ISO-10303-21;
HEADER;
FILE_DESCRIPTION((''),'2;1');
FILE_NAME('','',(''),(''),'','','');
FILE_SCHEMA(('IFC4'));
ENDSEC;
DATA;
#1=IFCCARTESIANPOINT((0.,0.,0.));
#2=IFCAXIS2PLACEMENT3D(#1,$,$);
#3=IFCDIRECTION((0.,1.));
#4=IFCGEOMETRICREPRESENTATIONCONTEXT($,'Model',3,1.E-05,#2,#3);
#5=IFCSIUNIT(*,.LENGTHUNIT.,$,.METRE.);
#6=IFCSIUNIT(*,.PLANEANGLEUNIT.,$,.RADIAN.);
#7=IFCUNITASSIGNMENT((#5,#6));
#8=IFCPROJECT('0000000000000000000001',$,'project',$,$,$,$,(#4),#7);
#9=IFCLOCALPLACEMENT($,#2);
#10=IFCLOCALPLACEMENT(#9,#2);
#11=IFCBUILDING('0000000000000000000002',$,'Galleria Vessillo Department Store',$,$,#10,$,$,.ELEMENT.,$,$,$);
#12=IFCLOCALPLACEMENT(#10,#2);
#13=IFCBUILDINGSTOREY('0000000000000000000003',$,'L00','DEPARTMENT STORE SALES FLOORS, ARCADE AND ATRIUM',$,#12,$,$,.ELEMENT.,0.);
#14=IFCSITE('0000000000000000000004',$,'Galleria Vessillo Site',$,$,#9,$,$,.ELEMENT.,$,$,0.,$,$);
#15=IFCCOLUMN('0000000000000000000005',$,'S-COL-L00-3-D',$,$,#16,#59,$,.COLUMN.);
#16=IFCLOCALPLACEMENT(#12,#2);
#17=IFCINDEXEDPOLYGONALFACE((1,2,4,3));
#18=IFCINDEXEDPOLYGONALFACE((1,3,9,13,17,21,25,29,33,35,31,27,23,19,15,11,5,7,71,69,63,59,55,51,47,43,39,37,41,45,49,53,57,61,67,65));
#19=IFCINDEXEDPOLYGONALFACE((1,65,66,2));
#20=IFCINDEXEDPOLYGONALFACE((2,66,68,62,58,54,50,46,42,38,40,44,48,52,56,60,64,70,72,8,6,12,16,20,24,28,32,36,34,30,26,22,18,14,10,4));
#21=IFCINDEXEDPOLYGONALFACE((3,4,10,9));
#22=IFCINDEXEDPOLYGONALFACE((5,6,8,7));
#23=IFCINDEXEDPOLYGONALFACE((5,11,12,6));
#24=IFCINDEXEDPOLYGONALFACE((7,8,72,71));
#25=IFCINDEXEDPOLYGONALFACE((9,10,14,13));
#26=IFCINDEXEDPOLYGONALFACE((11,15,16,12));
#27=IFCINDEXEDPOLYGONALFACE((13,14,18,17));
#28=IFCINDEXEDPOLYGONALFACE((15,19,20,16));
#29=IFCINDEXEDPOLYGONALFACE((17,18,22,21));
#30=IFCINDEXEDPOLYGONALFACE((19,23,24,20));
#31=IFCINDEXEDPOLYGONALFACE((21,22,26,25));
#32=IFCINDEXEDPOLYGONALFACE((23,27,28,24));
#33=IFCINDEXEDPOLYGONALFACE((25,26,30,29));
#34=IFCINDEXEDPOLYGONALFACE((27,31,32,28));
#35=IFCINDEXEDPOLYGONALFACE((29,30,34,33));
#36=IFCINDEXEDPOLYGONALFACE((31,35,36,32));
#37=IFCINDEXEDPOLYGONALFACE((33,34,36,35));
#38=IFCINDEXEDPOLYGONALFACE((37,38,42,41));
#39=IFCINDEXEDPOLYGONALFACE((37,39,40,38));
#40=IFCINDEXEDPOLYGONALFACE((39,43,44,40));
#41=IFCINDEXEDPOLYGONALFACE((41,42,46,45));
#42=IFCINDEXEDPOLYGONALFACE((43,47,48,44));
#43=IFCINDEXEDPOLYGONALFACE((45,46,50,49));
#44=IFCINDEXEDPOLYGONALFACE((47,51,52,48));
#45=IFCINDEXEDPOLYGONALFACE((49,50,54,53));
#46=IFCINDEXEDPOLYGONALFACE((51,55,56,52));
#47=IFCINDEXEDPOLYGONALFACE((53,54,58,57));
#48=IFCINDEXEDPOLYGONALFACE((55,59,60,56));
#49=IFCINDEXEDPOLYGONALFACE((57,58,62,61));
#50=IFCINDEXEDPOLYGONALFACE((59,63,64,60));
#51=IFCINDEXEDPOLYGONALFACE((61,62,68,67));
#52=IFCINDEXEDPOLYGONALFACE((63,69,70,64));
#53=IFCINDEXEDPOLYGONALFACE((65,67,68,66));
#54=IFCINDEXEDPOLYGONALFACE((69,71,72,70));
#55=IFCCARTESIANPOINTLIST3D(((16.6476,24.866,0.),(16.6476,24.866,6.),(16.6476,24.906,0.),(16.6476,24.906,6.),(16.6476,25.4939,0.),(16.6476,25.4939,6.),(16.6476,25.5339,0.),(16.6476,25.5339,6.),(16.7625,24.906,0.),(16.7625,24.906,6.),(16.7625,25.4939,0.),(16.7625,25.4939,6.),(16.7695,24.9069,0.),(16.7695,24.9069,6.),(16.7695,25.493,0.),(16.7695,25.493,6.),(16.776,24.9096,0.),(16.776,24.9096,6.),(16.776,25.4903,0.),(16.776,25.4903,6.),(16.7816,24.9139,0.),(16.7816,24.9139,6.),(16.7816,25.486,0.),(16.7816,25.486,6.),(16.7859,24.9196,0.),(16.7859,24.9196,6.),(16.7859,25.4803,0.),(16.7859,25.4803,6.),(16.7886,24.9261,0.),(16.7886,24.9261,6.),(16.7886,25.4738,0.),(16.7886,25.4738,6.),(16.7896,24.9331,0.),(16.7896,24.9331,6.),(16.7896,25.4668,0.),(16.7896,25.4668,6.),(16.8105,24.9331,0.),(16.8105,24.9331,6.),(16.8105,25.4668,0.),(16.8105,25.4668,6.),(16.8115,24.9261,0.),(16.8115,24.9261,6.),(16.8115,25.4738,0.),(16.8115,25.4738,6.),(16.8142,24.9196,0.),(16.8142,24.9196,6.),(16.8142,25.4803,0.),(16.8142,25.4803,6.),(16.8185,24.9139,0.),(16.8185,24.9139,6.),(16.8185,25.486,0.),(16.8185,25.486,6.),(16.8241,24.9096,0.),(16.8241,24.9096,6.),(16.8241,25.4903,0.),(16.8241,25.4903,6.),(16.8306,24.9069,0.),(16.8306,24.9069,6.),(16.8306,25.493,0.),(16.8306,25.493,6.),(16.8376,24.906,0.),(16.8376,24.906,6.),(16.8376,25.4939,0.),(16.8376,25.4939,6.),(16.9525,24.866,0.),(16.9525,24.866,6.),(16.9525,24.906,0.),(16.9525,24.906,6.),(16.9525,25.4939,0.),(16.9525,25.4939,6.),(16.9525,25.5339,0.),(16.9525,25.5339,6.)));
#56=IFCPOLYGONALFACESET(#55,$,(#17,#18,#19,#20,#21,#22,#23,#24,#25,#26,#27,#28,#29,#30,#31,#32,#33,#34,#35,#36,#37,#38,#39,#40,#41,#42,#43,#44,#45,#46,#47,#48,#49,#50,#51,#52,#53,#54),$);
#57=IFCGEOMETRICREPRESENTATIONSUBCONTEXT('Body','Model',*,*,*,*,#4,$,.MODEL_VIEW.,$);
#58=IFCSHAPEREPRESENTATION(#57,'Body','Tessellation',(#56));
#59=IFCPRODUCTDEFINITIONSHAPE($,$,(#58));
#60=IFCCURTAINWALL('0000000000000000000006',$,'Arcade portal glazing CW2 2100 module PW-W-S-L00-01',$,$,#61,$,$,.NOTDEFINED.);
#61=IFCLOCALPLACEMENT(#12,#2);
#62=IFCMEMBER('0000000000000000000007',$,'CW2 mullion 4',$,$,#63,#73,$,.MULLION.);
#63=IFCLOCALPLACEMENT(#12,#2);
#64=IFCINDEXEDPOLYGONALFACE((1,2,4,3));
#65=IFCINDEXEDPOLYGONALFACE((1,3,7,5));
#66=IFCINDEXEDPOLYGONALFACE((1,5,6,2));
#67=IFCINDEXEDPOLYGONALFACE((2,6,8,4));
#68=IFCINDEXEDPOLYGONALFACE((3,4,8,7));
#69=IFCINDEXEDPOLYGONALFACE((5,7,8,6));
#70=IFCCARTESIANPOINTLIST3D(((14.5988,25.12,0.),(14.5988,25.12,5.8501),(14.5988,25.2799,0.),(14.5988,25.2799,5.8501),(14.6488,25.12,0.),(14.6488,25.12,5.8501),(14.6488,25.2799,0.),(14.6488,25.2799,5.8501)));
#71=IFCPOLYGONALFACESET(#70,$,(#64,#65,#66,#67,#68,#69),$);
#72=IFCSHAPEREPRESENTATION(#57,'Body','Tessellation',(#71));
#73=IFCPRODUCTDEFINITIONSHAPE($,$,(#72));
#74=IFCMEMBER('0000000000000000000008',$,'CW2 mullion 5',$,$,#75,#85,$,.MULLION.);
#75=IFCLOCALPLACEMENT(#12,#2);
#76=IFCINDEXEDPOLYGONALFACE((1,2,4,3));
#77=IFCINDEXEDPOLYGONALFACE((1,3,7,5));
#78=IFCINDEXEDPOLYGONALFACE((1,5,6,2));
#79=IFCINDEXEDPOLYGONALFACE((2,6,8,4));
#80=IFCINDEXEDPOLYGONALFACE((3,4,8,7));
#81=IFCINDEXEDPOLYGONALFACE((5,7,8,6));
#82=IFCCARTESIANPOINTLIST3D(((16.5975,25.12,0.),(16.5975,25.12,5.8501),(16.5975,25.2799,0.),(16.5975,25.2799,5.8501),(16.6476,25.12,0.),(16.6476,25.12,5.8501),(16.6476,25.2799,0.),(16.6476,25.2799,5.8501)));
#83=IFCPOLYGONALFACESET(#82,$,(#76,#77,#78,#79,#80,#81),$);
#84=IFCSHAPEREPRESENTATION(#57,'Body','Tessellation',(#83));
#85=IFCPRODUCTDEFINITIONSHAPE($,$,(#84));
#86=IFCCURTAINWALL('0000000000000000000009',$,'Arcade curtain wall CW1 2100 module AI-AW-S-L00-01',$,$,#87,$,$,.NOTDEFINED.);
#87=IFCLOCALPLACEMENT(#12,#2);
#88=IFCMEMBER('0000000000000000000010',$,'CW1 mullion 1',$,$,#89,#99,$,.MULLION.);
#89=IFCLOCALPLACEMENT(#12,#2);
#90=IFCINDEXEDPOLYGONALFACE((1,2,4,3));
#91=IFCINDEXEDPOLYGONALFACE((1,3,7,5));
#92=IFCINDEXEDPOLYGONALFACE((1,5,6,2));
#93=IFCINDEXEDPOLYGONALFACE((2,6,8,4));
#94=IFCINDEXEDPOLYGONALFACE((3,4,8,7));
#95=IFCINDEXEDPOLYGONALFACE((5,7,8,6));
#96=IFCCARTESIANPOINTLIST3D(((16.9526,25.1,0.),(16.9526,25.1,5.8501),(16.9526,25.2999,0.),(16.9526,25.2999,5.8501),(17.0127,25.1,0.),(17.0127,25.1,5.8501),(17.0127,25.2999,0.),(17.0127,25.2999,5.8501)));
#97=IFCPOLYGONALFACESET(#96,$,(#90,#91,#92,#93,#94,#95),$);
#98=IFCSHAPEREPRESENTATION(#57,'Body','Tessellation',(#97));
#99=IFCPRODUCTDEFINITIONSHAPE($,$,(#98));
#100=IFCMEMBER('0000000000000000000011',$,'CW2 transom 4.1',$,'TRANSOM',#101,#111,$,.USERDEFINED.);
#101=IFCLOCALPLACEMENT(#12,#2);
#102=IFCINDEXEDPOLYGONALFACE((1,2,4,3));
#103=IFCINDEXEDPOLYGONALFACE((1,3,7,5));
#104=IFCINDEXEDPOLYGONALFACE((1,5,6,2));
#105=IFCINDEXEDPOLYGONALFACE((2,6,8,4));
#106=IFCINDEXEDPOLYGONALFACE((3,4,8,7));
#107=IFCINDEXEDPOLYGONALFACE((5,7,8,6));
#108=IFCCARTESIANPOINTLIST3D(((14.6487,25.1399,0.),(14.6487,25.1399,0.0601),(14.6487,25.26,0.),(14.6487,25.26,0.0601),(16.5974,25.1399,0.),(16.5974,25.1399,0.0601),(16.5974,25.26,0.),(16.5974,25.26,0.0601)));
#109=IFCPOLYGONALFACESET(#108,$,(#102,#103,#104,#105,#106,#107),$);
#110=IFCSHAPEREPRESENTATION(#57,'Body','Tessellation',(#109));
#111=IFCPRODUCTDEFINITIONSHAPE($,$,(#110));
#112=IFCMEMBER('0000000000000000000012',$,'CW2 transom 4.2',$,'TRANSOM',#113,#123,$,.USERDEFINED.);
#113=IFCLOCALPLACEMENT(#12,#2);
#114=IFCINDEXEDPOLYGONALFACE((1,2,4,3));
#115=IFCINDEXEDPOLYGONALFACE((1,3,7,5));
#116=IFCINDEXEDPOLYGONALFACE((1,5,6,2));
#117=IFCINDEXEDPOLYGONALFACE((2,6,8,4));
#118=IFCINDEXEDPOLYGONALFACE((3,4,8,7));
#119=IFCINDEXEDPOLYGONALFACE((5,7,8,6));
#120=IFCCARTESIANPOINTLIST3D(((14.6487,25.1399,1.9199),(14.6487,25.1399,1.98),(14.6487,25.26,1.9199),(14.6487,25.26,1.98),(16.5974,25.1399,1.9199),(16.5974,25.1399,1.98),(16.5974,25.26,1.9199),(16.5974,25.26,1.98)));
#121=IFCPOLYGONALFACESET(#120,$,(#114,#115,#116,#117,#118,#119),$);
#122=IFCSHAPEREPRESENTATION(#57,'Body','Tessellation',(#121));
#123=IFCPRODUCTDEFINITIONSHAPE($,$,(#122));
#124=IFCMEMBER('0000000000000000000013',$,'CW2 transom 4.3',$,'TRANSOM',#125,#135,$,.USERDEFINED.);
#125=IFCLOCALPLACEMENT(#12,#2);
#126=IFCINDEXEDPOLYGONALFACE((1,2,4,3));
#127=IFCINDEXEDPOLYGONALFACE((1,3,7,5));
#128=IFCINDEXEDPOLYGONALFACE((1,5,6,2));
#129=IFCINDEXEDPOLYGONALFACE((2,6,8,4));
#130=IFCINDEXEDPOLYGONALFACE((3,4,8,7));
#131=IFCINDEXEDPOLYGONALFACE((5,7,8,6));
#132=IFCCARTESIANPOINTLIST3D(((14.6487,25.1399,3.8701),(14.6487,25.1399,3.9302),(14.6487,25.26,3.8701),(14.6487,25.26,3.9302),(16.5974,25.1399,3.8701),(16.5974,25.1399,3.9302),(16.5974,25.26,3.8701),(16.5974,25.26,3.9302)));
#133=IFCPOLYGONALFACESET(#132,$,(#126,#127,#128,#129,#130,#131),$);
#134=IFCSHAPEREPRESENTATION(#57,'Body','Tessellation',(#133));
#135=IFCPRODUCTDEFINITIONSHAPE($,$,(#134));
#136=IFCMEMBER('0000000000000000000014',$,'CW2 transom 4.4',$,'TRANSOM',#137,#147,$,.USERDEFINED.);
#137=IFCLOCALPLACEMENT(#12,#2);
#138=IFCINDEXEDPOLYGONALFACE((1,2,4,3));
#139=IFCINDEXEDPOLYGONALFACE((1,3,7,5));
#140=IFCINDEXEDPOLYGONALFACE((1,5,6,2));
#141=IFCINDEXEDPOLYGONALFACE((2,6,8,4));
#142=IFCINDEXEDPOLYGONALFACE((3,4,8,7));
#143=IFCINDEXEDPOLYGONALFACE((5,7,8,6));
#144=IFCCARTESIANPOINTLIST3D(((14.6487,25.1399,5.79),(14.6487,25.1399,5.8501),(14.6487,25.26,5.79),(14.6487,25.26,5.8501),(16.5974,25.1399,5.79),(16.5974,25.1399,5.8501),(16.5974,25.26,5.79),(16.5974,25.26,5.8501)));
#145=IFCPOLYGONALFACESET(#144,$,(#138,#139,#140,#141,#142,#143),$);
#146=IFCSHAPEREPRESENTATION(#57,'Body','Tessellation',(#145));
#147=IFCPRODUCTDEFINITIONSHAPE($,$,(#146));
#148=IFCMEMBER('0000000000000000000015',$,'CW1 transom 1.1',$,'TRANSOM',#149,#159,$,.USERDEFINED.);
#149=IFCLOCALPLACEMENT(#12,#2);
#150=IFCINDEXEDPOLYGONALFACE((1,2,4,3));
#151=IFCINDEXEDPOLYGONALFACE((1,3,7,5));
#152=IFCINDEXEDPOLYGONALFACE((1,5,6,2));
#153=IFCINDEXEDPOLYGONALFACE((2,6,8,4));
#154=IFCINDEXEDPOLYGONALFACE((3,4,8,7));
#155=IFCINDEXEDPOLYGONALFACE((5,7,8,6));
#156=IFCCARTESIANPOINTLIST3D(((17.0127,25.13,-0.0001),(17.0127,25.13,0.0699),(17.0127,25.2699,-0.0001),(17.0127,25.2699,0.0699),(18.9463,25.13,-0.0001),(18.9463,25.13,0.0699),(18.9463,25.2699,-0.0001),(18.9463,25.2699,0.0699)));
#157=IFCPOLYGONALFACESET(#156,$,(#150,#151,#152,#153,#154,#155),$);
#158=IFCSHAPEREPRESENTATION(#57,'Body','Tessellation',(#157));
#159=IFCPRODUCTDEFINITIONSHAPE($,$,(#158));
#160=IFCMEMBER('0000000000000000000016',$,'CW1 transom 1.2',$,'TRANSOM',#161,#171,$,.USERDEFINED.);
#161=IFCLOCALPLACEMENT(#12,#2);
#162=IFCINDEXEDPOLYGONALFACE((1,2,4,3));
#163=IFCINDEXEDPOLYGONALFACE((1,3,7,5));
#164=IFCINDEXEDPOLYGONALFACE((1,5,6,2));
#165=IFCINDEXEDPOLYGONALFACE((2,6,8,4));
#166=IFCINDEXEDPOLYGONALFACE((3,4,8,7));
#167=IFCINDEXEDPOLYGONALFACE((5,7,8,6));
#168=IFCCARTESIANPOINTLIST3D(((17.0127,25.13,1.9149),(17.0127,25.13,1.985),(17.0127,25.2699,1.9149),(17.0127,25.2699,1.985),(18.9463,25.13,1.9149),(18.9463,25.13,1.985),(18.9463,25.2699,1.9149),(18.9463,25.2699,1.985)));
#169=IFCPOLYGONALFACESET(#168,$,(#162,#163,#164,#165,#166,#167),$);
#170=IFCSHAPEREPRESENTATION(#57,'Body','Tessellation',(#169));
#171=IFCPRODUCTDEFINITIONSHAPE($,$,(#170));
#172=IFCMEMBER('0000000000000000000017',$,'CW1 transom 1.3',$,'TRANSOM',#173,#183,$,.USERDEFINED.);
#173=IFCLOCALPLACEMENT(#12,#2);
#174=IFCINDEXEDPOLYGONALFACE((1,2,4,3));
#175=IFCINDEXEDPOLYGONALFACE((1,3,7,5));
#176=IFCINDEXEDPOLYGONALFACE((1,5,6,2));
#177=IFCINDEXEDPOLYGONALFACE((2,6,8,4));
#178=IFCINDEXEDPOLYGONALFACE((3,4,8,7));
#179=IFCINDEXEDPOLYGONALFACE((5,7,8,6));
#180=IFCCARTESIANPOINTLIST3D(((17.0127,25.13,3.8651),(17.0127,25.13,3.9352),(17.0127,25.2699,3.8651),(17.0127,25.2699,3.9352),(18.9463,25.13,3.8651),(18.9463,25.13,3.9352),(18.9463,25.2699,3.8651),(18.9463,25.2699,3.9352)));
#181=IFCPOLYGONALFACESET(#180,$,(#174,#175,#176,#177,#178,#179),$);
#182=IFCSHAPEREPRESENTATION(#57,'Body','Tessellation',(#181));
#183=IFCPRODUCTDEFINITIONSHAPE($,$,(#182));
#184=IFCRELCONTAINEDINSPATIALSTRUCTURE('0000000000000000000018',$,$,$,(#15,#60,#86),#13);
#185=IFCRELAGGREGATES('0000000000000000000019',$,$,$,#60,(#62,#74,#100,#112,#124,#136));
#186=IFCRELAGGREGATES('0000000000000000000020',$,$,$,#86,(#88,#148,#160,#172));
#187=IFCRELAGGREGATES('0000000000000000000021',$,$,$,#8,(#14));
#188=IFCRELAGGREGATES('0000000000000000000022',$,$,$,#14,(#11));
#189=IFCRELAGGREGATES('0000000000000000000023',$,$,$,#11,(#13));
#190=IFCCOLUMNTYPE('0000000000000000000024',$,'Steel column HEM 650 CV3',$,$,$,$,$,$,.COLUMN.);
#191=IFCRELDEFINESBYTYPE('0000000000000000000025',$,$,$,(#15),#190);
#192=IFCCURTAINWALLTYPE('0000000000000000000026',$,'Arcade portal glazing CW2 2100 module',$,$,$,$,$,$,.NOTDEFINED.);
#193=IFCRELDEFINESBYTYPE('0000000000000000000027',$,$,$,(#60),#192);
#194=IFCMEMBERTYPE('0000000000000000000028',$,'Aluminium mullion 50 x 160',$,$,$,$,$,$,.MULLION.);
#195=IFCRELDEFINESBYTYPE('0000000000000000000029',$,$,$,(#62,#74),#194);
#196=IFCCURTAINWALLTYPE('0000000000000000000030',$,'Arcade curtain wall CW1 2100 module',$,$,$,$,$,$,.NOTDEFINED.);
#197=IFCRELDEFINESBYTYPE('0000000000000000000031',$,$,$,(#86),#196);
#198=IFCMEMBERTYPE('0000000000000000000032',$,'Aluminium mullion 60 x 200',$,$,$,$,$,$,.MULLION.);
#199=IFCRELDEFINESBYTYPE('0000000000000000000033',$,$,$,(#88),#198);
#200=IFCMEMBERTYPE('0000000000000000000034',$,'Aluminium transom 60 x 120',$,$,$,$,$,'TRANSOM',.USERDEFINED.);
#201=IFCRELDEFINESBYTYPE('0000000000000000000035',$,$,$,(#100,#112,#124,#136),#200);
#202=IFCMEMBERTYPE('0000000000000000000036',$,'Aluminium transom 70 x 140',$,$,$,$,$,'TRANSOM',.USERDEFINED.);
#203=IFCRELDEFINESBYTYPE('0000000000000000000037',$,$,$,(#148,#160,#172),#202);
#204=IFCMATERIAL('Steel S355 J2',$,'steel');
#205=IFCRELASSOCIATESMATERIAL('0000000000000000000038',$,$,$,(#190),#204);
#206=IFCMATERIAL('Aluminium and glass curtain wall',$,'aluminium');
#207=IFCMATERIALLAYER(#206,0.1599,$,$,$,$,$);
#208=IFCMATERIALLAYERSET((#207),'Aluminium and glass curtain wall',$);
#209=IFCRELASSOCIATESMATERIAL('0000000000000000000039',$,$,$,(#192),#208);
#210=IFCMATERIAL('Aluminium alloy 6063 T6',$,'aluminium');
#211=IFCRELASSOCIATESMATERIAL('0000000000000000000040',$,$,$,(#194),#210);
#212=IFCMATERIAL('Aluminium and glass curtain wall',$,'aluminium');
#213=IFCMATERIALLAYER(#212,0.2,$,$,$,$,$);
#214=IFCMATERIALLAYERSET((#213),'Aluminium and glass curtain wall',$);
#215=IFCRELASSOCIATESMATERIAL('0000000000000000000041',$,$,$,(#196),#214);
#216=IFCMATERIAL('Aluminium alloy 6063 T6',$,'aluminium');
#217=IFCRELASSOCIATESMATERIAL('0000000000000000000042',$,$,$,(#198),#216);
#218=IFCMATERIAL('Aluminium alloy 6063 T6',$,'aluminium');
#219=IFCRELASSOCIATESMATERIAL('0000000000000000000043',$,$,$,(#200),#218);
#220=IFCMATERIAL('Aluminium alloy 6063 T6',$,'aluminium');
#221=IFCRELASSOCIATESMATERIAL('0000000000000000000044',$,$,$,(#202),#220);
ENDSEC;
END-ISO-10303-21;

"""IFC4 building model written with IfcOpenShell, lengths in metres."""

from ifc_helpers import new_model, si_unit, direction, frame, origin, origin_2d, place, context, subcontext, project, spatial, rectangle, i_section, extrude, material, layer, layer_set, material_profile, profile_set, type_object, element, aggregate, save


model = new_model("IFC4")

# Units and contexts
model_context = context("Model", 3, precision=1e-05, world=origin(), true_north=direction((0.0, 1.0)))
body_context = subcontext(model_context, "Body", "Model", "MODEL_VIEW")
ifc_project = project(units=[si_unit("LENGTHUNIT", "METRE"), si_unit("PLANEANGLEUNIT", "RADIAN")], contexts=[model_context])

# Site, building, storey
site_placement = place(None, origin())
site = spatial("IfcSite", under=ifc_project, at=site_placement, Name="Galleria Vessillo Site", CompositionType="ELEMENT", RefElevation=0.0)
building_placement = place(site_placement, origin())
building = spatial("IfcBuilding", under=site, at=building_placement, Name="Galleria Vessillo Department Store", CompositionType="ELEMENT")
storey_placement = place(building_placement, origin())
storey = spatial("IfcBuildingStorey", under=building, at=storey_placement, Name="L00", Description="DEPARTMENT STORE SALES FLOORS, ARCADE AND ATRIUM", CompositionType="ELEMENT", Elevation=0.0)

# Column
ifc_material_1 = material(Name="Steel S355 J2", Category="steel")
ifc_material_profile_1 = material_profile(ifc_material_1, i_section(OverallWidth=0.3049, OverallDepth=0.668, WebThickness=0.021, FlangeThickness=0.04, FilletRadius=0.0271, at=origin_2d()), Name="HEM 650")
ifc_profile_set_1 = profile_set([ifc_material_profile_1], Name="Steel S355 J2")
column_type = type_object("IfcColumnType", Name="Steel column HEM 650 CV3", PredefinedType="COLUMN", material=ifc_profile_set_1)
column_placement = place(storey_placement, frame((16.8, 25.2, 0.0), z_axis=(0.0, 0.0, 1.0), x_axis=(1.0, 0.0, 0.0)))
element("IfcColumn", 1, at=column_placement, inside=storey, type_object=column_type, Name="S-COL-L00-3-D", PredefinedType="COLUMN", context=body_context, shape_type="SweptSolid", body=[
    extrude(i_section(OverallWidth=0.3049, OverallDepth=0.668, WebThickness=0.021, FlangeThickness=0.04, FilletRadius=0.0271, at=origin_2d()), origin(), (0.0, 0.0, 1.0), 6.0),
])

# Curtain wall, members
ifc_material_2 = material(Name="Aluminium and glass curtain wall", Category="aluminium")
ifc_layer_1 = layer(ifc_material_2, 0.1599)
ifc_layer_set_1 = layer_set([ifc_layer_1], Name="Aluminium and glass curtain wall")
curtain_wall_type_1 = type_object("IfcCurtainWallType", Name="Arcade portal glazing CW2 2100 module", PredefinedType="NOTDEFINED", material=ifc_layer_set_1)
curtain_wall_1_placement = place(storey_placement, origin())
curtain_wall_1 = element("IfcCurtainWall", 2, at=curtain_wall_1_placement, inside=storey, type_object=curtain_wall_type_1, Name="Arcade portal glazing CW2 2100 module PW-W-S-L00-01", PredefinedType="NOTDEFINED")
ifc_material_3 = material(Name="Aluminium alloy 6063 T6", Category="aluminium")
ifc_material_profile_2 = material_profile(ifc_material_3, rectangle(XDim=0.1599, YDim=0.05, at=origin_2d()), Name="AL 50x160")
ifc_profile_set_2 = profile_set([ifc_material_profile_2], Name="Aluminium alloy 6063 T6")
member_type_1 = type_object("IfcMemberType", Name="Aluminium mullion 50 x 160", PredefinedType="MULLION", material=ifc_profile_set_2)
member_1_placement = place(storey_placement, frame((14.6238, 25.2, 0.0), z_axis=(0.0, 0.0, 1.0), x_axis=(0.0, 1.0, 0.0)))
member_1 = element("IfcMember", 3, at=member_1_placement, type_object=member_type_1, Name="CW2 mullion 4", PredefinedType="MULLION", context=body_context, shape_type="SweptSolid", body=[
    extrude(rectangle(XDim=0.1599, YDim=0.05, at=origin_2d()), origin(), (0.0, 0.0, 1.0), 5.8501),
])
member_2_placement = place(storey_placement, frame((16.6226, 25.2, 0.0), z_axis=(0.0, 0.0, 1.0), x_axis=(0.0, 1.0, 0.0)))
member_2 = element("IfcMember", 4, at=member_2_placement, type_object=member_type_1, Name="CW2 mullion 5", PredefinedType="MULLION", context=body_context, shape_type="SweptSolid", body=[
    extrude(rectangle(XDim=0.1599, YDim=0.05, at=origin_2d()), origin(), (0.0, 0.0, 1.0), 5.8501),
])

# Curtain wall, member
ifc_material_4 = material(Name="Aluminium and glass curtain wall", Category="aluminium")
ifc_layer_2 = layer(ifc_material_4, 0.2)
ifc_layer_set_2 = layer_set([ifc_layer_2], Name="Aluminium and glass curtain wall")
curtain_wall_type_2 = type_object("IfcCurtainWallType", Name="Arcade curtain wall CW1 2100 module", PredefinedType="NOTDEFINED", material=ifc_layer_set_2)
curtain_wall_2_placement = place(storey_placement, origin())
curtain_wall_2 = element("IfcCurtainWall", 5, at=curtain_wall_2_placement, inside=storey, type_object=curtain_wall_type_2, Name="Arcade curtain wall CW1 2100 module AI-AW-S-L00-01", PredefinedType="NOTDEFINED")
ifc_material_5 = material(Name="Aluminium alloy 6063 T6", Category="aluminium")
ifc_material_profile_3 = material_profile(ifc_material_5, rectangle(XDim=0.2, YDim=0.0601, at=origin_2d()), Name="AL 60x200")
ifc_profile_set_3 = profile_set([ifc_material_profile_3], Name="Aluminium alloy 6063 T6")
member_type_2 = type_object("IfcMemberType", Name="Aluminium mullion 60 x 200", PredefinedType="MULLION", material=ifc_profile_set_3)
member_3_placement = place(storey_placement, frame((16.9827, 25.2, 0.0), z_axis=(0.0, 0.0, 1.0), x_axis=(0.0, 1.0, 0.0)))
member_3 = element("IfcMember", 6, at=member_3_placement, type_object=member_type_2, Name="CW1 mullion 1", PredefinedType="MULLION", context=body_context, shape_type="SweptSolid", body=[
    extrude(rectangle(XDim=0.2, YDim=0.0601, at=origin_2d()), origin(), (0.0, 0.0, 1.0), 5.8501),
])

# Members
ifc_material_6 = material(Name="Aluminium alloy 6063 T6", Category="aluminium")
ifc_material_profile_4 = material_profile(ifc_material_6, rectangle(XDim=0.1201, YDim=0.0601, at=origin_2d()), Name="AL 60x120")
ifc_profile_set_4 = profile_set([ifc_material_profile_4], Name="Aluminium alloy 6063 T6")
member_type_3 = type_object("IfcMemberType", Name="Aluminium transom 60 x 120", ElementType="TRANSOM", PredefinedType="USERDEFINED", material=ifc_profile_set_4)
member_4_placement = place(storey_placement, frame((14.6487, 25.2, 0.03), z_axis=(1.0, 0.0, 0.0), x_axis=(0.0, 1.0, 0.0)))
member_4 = element("IfcMember", 7, at=member_4_placement, type_object=member_type_3, Name="CW2 transom 4.1", ObjectType="TRANSOM", PredefinedType="USERDEFINED", context=body_context, shape_type="SweptSolid", body=[
    extrude(rectangle(XDim=0.1201, YDim=0.0601, at=origin_2d()), origin(), (0.0, 0.0, 1.0), 1.9487),
])
member_5_placement = place(storey_placement, frame((14.6487, 25.2, 1.95), z_axis=(1.0, 0.0, 0.0), x_axis=(0.0, 1.0, 0.0)))
member_5 = element("IfcMember", 8, at=member_5_placement, type_object=member_type_3, Name="CW2 transom 4.2", ObjectType="TRANSOM", PredefinedType="USERDEFINED", context=body_context, shape_type="SweptSolid", body=[
    extrude(rectangle(XDim=0.1201, YDim=0.0601, at=origin_2d()), origin(), (0.0, 0.0, 1.0), 1.9487),
])
member_6_placement = place(storey_placement, frame((14.6487, 25.2, 3.9001), z_axis=(1.0, 0.0, 0.0), x_axis=(0.0, 1.0, 0.0)))
member_6 = element("IfcMember", 9, at=member_6_placement, type_object=member_type_3, Name="CW2 transom 4.3", ObjectType="TRANSOM", PredefinedType="USERDEFINED", context=body_context, shape_type="SweptSolid", body=[
    extrude(rectangle(XDim=0.1201, YDim=0.0601, at=origin_2d()), origin(), (0.0, 0.0, 1.0), 1.9487),
])
member_7_placement = place(storey_placement, frame((14.6487, 25.2, 5.8201), z_axis=(1.0, 0.0, 0.0), x_axis=(0.0, 1.0, 0.0)))
member_7 = element("IfcMember", 10, at=member_7_placement, type_object=member_type_3, Name="CW2 transom 4.4", ObjectType="TRANSOM", PredefinedType="USERDEFINED", context=body_context, shape_type="SweptSolid", body=[
    extrude(rectangle(XDim=0.1201, YDim=0.0601, at=origin_2d()), origin(), (0.0, 0.0, 1.0), 1.9487),
])
ifc_material_7 = material(Name="Aluminium alloy 6063 T6", Category="aluminium")
ifc_material_profile_5 = material_profile(ifc_material_7, rectangle(XDim=0.1399, YDim=0.0701, at=origin_2d()), Name="AL 70x140")
ifc_profile_set_5 = profile_set([ifc_material_profile_5], Name="Aluminium alloy 6063 T6")
member_type_4 = type_object("IfcMemberType", Name="Aluminium transom 70 x 140", ElementType="TRANSOM", PredefinedType="USERDEFINED", material=ifc_profile_set_5)
member_8_placement = place(storey_placement, frame((17.0127, 25.2, 0.0349), z_axis=(1.0, 0.0, 0.0), x_axis=(0.0, 1.0, 0.0)))
member_8 = element("IfcMember", 11, at=member_8_placement, type_object=member_type_4, Name="CW1 transom 1.1", ObjectType="TRANSOM", PredefinedType="USERDEFINED", context=body_context, shape_type="SweptSolid", body=[
    extrude(rectangle(XDim=0.1399, YDim=0.0701, at=origin_2d()), origin(), (0.0, 0.0, 1.0), 1.9336),
])
member_9_placement = place(storey_placement, frame((17.0127, 25.2, 1.95), z_axis=(1.0, 0.0, 0.0), x_axis=(0.0, 1.0, 0.0)))
member_9 = element("IfcMember", 12, at=member_9_placement, type_object=member_type_4, Name="CW1 transom 1.2", ObjectType="TRANSOM", PredefinedType="USERDEFINED", context=body_context, shape_type="SweptSolid", body=[
    extrude(rectangle(XDim=0.1399, YDim=0.0701, at=origin_2d()), origin(), (0.0, 0.0, 1.0), 1.9336),
])
member_10_placement = place(storey_placement, frame((17.0127, 25.2, 3.9001), z_axis=(1.0, 0.0, 0.0), x_axis=(0.0, 1.0, 0.0)))
member_10 = element("IfcMember", 13, at=member_10_placement, type_object=member_type_4, Name="CW1 transom 1.3", ObjectType="TRANSOM", PredefinedType="USERDEFINED", context=body_context, shape_type="SweptSolid", body=[
    extrude(rectangle(XDim=0.1399, YDim=0.0701, at=origin_2d()), origin(), (0.0, 0.0, 1.0), 1.9336),
])

aggregate(curtain_wall_1, [member_1, member_2, member_4, member_5, member_6, member_7])
aggregate(curtain_wall_2, [member_3, member_8, member_9, member_10])

save(model, "model.ifc")
